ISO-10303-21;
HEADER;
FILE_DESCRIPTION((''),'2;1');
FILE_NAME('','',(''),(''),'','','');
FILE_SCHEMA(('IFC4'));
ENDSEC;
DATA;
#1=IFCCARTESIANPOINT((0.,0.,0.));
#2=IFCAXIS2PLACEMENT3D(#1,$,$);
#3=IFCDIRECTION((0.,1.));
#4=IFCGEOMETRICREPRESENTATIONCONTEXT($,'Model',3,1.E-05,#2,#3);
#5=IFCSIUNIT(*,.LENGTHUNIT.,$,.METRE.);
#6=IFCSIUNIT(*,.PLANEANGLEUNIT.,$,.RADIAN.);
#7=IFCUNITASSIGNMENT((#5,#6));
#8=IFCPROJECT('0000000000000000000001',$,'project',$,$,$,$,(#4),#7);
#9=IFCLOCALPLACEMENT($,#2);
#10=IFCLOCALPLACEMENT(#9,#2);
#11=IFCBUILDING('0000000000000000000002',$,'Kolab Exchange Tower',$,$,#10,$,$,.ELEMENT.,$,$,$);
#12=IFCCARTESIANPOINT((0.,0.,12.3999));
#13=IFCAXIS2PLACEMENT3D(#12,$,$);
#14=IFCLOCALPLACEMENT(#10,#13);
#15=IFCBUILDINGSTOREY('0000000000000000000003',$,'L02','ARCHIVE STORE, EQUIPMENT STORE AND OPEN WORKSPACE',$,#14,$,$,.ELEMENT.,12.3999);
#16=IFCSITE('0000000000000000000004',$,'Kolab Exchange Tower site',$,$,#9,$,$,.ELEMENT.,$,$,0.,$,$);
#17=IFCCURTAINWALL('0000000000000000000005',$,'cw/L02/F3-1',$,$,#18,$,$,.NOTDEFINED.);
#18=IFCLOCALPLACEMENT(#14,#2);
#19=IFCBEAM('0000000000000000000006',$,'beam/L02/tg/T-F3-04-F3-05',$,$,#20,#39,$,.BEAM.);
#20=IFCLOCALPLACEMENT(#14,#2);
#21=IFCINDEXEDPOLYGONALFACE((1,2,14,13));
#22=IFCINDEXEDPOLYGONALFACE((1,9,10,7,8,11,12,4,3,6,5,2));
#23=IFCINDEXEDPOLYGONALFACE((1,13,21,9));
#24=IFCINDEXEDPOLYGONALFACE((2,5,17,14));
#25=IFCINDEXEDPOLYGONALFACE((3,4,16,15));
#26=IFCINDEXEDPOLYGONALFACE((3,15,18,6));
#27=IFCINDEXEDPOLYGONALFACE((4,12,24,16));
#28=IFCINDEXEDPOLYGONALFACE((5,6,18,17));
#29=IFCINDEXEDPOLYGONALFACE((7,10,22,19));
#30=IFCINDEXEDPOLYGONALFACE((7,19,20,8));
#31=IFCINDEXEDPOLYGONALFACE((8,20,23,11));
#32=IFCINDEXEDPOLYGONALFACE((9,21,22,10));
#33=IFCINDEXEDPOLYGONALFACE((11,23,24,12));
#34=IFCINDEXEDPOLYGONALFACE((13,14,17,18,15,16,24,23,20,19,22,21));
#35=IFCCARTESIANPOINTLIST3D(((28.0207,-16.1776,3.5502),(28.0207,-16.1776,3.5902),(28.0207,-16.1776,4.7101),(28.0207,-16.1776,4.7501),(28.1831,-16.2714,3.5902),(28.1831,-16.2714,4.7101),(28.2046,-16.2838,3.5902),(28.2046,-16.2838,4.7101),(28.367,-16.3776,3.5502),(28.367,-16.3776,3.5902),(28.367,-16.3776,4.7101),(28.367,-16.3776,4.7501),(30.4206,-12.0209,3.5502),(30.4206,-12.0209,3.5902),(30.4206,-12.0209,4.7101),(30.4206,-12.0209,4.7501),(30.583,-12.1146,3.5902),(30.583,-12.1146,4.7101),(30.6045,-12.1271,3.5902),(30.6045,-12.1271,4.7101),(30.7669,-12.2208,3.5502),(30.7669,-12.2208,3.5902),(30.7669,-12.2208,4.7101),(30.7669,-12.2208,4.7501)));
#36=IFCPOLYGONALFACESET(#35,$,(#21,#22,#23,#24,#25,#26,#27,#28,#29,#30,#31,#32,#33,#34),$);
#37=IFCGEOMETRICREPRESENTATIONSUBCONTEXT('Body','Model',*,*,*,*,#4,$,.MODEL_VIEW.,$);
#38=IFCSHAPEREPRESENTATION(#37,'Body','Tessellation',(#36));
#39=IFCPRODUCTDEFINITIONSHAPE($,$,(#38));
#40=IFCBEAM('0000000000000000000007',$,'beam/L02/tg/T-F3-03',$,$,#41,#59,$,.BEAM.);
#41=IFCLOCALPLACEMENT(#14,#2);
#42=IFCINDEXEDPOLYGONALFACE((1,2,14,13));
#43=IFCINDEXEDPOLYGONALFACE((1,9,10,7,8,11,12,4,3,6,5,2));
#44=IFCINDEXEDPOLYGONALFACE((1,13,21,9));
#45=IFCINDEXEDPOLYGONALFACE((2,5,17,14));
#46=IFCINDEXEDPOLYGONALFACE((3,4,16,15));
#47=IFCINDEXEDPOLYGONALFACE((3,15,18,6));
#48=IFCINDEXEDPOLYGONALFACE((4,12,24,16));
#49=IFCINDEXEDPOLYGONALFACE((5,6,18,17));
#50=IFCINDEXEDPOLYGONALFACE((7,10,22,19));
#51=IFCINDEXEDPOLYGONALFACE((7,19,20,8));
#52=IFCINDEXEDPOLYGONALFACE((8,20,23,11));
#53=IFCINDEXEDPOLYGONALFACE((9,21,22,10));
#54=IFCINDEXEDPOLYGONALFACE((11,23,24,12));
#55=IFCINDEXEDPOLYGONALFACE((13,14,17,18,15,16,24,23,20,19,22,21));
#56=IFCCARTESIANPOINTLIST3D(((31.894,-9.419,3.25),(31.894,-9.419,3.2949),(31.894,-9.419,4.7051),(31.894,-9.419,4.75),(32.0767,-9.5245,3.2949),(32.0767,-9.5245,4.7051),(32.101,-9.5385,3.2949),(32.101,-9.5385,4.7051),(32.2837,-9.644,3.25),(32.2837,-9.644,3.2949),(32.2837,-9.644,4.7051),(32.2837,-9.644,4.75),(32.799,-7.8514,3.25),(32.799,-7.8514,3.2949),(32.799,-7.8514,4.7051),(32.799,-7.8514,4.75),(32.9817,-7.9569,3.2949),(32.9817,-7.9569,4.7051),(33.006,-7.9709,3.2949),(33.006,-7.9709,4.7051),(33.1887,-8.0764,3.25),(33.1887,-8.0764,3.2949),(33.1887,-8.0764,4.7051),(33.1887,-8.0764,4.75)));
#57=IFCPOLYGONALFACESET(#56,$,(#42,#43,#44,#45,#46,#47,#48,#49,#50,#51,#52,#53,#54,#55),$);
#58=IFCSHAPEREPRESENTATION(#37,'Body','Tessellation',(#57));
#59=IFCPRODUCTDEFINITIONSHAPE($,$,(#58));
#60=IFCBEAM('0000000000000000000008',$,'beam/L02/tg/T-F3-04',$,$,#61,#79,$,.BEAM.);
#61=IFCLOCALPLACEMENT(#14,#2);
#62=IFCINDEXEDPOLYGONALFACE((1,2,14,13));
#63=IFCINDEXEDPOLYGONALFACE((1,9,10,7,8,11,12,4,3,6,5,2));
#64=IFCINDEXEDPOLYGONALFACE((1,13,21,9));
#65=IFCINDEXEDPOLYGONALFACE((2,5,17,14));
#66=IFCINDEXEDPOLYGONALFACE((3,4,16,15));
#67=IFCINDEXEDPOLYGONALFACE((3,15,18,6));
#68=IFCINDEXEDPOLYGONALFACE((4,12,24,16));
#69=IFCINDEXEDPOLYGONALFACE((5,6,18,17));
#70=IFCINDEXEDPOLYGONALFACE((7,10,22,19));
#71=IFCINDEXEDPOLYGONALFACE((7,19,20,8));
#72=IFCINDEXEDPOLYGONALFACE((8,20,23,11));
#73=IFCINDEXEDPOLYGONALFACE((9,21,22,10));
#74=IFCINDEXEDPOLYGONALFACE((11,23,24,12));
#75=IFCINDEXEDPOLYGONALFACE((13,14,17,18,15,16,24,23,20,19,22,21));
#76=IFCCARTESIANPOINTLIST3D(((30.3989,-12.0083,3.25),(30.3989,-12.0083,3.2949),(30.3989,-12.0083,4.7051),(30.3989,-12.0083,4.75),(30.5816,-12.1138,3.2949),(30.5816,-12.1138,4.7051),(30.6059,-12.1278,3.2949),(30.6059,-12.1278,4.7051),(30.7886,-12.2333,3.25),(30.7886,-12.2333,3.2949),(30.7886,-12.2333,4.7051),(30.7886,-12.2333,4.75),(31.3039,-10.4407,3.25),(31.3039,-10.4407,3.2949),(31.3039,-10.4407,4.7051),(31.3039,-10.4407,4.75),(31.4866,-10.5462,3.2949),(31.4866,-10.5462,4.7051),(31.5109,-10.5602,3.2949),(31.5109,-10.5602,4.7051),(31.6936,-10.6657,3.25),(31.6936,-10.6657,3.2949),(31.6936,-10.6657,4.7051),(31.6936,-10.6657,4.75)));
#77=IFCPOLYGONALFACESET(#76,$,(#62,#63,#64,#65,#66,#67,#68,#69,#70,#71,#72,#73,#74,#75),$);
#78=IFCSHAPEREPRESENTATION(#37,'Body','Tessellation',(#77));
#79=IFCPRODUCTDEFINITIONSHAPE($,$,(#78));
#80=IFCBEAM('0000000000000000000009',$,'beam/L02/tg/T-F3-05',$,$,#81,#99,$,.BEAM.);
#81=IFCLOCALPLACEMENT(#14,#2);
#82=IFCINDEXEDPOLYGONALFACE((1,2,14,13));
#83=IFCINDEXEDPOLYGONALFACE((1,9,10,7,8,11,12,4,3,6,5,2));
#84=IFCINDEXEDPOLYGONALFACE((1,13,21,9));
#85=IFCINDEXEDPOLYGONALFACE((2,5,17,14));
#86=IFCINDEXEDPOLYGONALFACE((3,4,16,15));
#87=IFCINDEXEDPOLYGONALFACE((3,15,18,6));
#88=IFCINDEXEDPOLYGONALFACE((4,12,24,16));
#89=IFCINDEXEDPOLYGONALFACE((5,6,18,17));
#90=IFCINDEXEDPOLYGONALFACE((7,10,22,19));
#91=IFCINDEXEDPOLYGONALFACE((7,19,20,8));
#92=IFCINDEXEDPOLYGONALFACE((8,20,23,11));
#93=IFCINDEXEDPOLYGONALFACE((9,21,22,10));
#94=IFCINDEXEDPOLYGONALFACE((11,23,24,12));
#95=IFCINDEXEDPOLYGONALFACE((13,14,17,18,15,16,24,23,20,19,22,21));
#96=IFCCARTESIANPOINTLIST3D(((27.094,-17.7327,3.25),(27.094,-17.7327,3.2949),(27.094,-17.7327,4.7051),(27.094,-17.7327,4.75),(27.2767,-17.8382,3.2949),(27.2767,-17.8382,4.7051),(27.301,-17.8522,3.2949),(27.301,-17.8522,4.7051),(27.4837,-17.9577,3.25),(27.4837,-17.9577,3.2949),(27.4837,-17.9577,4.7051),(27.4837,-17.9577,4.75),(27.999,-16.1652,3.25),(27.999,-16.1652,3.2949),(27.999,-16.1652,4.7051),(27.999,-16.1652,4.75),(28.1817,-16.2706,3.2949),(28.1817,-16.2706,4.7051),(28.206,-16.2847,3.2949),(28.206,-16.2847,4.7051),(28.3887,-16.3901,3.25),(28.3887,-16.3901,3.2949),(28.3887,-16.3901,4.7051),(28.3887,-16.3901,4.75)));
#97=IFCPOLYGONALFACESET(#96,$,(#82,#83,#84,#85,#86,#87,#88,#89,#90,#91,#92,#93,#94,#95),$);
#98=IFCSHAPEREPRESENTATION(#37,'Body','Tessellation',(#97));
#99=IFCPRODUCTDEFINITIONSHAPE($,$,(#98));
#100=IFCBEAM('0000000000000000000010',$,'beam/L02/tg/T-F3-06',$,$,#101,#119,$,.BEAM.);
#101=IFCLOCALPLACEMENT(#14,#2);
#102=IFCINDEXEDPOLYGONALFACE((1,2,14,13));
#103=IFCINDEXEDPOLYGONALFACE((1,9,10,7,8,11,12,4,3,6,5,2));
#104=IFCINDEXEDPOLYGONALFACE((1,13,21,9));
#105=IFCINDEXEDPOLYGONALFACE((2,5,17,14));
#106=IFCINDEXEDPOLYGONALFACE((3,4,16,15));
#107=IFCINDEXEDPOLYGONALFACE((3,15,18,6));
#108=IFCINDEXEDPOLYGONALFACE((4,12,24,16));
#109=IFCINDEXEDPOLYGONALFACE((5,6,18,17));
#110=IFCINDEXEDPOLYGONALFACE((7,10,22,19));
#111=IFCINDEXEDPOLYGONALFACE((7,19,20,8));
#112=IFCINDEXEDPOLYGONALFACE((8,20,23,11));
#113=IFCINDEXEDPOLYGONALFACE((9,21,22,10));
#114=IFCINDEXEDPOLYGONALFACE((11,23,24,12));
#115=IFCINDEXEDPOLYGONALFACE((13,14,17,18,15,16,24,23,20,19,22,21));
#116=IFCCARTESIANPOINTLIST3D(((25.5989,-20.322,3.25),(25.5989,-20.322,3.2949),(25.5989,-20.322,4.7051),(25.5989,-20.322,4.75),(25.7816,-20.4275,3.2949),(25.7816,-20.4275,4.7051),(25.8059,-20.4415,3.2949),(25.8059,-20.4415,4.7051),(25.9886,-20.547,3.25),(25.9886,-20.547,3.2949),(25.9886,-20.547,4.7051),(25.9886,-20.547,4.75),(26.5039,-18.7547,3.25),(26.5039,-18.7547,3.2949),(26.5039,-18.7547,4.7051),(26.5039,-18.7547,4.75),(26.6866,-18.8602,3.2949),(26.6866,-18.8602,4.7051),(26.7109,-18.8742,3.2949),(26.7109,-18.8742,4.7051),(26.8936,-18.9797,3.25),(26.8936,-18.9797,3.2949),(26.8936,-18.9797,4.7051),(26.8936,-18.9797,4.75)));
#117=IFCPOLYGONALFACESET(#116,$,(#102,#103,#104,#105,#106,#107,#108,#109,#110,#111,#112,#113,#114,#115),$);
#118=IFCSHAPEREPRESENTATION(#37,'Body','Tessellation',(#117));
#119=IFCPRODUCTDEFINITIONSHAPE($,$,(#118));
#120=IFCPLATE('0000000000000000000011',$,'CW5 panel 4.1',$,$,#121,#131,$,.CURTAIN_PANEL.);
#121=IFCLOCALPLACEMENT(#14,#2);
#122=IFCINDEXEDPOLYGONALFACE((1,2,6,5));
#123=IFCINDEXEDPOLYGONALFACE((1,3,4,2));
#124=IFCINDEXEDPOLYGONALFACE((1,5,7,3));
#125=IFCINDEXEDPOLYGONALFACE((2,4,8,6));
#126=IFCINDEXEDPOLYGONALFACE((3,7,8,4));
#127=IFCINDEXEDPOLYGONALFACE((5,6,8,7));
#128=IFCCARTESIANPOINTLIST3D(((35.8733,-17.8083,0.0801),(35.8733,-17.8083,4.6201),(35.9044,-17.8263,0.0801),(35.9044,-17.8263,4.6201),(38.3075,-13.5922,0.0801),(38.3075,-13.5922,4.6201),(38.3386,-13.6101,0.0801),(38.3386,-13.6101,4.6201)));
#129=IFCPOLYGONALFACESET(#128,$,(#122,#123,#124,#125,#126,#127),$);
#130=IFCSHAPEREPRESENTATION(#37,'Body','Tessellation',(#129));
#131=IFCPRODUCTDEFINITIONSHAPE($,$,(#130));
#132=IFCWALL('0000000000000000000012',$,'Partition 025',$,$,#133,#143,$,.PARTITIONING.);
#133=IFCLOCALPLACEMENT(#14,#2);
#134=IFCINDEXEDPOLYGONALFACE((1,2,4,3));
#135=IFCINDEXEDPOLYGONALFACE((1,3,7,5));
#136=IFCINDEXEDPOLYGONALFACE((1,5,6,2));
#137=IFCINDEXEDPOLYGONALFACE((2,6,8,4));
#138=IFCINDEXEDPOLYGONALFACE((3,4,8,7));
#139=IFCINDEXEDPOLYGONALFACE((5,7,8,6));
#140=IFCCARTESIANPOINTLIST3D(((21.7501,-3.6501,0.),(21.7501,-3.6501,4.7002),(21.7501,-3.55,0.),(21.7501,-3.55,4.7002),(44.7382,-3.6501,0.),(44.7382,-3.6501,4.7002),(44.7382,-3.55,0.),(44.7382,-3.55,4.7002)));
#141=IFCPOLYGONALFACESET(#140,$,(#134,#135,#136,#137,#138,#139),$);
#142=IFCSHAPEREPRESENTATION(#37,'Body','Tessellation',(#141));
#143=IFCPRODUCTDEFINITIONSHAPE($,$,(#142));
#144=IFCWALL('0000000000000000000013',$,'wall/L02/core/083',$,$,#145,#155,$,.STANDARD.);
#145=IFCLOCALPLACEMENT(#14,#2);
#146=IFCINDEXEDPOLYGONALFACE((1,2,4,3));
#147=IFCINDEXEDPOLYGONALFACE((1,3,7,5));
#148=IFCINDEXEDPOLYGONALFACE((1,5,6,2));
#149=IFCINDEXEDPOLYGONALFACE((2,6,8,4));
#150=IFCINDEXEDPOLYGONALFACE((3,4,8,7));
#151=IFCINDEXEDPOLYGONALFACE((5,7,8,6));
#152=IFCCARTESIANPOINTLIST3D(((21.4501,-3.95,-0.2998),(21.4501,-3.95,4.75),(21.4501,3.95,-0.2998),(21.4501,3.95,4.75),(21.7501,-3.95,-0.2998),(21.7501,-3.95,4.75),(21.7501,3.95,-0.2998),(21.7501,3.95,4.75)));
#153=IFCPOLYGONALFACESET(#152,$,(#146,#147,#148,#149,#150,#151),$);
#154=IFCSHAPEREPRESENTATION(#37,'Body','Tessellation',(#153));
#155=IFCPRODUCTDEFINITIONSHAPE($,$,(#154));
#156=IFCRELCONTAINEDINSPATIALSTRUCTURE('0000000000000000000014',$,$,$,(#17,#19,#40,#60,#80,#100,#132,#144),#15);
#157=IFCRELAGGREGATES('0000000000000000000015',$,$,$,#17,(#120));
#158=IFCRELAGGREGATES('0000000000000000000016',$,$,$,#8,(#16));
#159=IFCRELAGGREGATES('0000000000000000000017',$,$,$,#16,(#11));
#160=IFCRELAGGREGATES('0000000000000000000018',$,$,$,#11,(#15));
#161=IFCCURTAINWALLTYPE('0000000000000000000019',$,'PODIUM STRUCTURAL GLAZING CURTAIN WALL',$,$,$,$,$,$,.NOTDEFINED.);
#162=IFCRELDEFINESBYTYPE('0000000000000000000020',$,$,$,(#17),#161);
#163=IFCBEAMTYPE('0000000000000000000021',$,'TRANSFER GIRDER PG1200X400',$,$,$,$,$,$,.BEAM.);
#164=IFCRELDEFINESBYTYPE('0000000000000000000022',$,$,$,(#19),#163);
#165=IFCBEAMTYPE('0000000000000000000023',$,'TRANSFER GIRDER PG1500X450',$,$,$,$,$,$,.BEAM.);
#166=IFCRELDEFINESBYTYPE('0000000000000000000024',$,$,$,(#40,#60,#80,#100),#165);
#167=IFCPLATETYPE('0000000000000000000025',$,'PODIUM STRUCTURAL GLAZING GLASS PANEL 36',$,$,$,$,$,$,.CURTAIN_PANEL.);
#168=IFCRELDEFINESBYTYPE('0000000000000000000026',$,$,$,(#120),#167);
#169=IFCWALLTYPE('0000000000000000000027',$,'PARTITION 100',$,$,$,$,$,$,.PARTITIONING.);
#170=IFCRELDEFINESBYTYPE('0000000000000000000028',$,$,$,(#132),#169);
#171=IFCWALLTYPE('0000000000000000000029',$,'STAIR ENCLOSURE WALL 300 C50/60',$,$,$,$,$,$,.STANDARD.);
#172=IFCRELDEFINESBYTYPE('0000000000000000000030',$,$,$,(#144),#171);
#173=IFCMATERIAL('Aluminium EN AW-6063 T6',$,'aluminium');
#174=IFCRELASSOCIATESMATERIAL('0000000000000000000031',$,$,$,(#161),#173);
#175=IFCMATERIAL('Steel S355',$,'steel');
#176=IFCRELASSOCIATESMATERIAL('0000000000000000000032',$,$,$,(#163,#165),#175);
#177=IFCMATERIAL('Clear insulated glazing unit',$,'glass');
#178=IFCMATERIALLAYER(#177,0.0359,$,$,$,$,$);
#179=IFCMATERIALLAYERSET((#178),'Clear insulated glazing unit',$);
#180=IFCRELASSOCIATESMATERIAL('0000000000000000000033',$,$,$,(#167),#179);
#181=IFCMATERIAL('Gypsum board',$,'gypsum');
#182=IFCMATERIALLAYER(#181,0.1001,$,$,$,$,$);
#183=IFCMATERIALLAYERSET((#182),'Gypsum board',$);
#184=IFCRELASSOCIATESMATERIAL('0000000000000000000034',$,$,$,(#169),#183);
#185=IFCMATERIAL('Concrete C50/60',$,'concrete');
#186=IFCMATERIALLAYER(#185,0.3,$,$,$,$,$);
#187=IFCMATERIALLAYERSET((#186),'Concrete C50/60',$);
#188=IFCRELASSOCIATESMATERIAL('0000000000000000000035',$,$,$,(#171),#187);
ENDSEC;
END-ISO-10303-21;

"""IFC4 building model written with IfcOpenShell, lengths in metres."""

from ifc_helpers import new_model, si_unit, direction, frame, frame_2d, origin, origin_2d, place, context, subcontext, project, spatial, rectangle, i_section, extrude, material, layer, layer_set, material_profile, profile_set, type_object, element, aggregate, save


model = new_model("IFC4")

# Units and contexts
model_context = context("Model", 3, precision=1e-05, world=origin(), true_north=direction((0.0, 1.0)))
body_context = subcontext(model_context, "Body", "Model", "MODEL_VIEW")
ifc_project = project(units=[si_unit("LENGTHUNIT", "METRE"), si_unit("PLANEANGLEUNIT", "RADIAN")], contexts=[model_context])

# Site, building, storey
site_placement = place(None, origin())
site = spatial("IfcSite", under=ifc_project, at=site_placement, Name="Kolab Exchange Tower site", CompositionType="ELEMENT", RefElevation=0.0)
building_placement = place(site_placement, origin())
building = spatial("IfcBuilding", under=site, at=building_placement, Name="Kolab Exchange Tower", CompositionType="ELEMENT")
storey_placement = place(building_placement, frame((0.0, 0.0, 12.3999)))
storey = spatial("IfcBuildingStorey", under=building, at=storey_placement, Name="L02", Description="ARCHIVE STORE, EQUIPMENT STORE AND OPEN WORKSPACE", CompositionType="ELEMENT", Elevation=12.3999)

# Shared definitions
ifc_material_1 = material(Name="Steel S355", Category="steel")

# Curtain wall
ifc_material_2 = material(Name="Aluminium EN AW-6063 T6", Category="aluminium")
curtain_wall_type = type_object("IfcCurtainWallType", Name="PODIUM STRUCTURAL GLAZING CURTAIN WALL", PredefinedType="NOTDEFINED", material=ifc_material_2)
curtain_wall_placement = place(storey_placement, origin())
curtain_wall = element("IfcCurtainWall", 1, at=curtain_wall_placement, inside=storey, type_object=curtain_wall_type, Name="cw/L02/F3-1", PredefinedType="NOTDEFINED")

# Beams
ifc_material_profile_1 = material_profile(ifc_material_1, i_section(OverallWidth=0.3999, OverallDepth=1.2, WebThickness=0.0249, FlangeThickness=0.04, at=origin_2d()), Name="PG1200X400")
ifc_profile_set_1 = profile_set([ifc_material_profile_1], Name="Steel S355")
beam_type_1 = type_object("IfcBeamType", Name="TRANSFER GIRDER PG1200X400", PredefinedType="BEAM", material=ifc_profile_set_1)
beam_1_placement = place(storey_placement, frame((30.5938, -12.1208, 4.1501), z_axis=(-0.500001, -0.866025, 0.0), x_axis=(0.866025, -0.500001, 0.0)))
element("IfcBeam", 2, at=beam_1_placement, inside=storey, type_object=beam_type_1, Name="beam/L02/tg/T-F3-04-F3-05", PredefinedType="BEAM", context=body_context, shape_type="SweptSolid", body=[
    extrude(i_section(OverallWidth=0.3999, OverallDepth=1.2, WebThickness=0.0249, FlangeThickness=0.04, at=origin_2d()), origin(), (0.0, 0.0, 1.0), 4.7998),
])
ifc_material_profile_2 = material_profile(ifc_material_1, i_section(OverallWidth=0.45, OverallDepth=1.5, WebThickness=0.0281, FlangeThickness=0.0449, at=origin_2d()), Name="PG1500X450")
ifc_profile_set_2 = profile_set([ifc_material_profile_2], Name="Steel S355")
beam_type_2 = type_object("IfcBeamType", Name="TRANSFER GIRDER PG1500X450", PredefinedType="BEAM", material=ifc_profile_set_2)
for number, where, z_axis, x_axis, name in (
    (3, (32.0889, -9.5315, 4.0), (0.499983, 0.866035, 0.0), (-0.866035, 0.499983, 0.0), "beam/L02/tg/T-F3-03"),
    (4, (31.4988, -10.5532, 4.0), (-0.499983, -0.866035, 0.0), (0.866035, -0.499983, 0.0), "beam/L02/tg/T-F3-04"),
    (5, (27.2888, -17.8452, 4.0), (0.499983, 0.866035, 0.0), (-0.866035, 0.499983, 0.0), "beam/L02/tg/T-F3-05"),
):
    element("IfcBeam", number, at=place(storey_placement, frame(where, z_axis=z_axis, x_axis=x_axis)), inside=storey, type_object=beam_type_2, Name=name, PredefinedType="BEAM", context=body_context, shape_type="SweptSolid", body=[
        extrude(i_section(OverallWidth=0.45, OverallDepth=1.5, WebThickness=0.0281, FlangeThickness=0.0449, at=origin_2d()), origin(), (0.0, 0.0, 1.0), 1.8101),
    ])
beam_2_placement = place(storey_placement, frame((26.6987, -18.8672, 4.0), z_axis=(-0.500042, -0.866001, 0.0), x_axis=(0.866001, -0.500042, 0.0)))
element("IfcBeam", 6, at=beam_2_placement, inside=storey, type_object=beam_type_2, Name="beam/L02/tg/T-F3-06", PredefinedType="BEAM", context=body_context, shape_type="SweptSolid", body=[
    extrude(i_section(OverallWidth=0.45, OverallDepth=1.5, WebThickness=0.0281, FlangeThickness=0.0449, at=origin_2d()), origin(), (0.0, 0.0, 1.0), 1.8098),
])

# Plate
ifc_material_3 = material(Name="Clear insulated glazing unit", Category="glass")
ifc_layer_1 = layer(ifc_material_3, 0.0359)
ifc_layer_set_1 = layer_set([ifc_layer_1], Name="Clear insulated glazing unit")
plate_type = type_object("IfcPlateType", Name="PODIUM STRUCTURAL GLAZING GLASS PANEL 36", PredefinedType="CURTAIN_PANEL", material=ifc_layer_set_1)
plate_placement = place(storey_placement, frame((37.106, -15.7092, 0.0801), z_axis=(0.0, 0.0, 1.0), x_axis=(-0.5, -0.866025, 0.0)))
plate = element("IfcPlate", 7, at=plate_placement, type_object=plate_type, Name="CW5 panel 4.1", PredefinedType="CURTAIN_PANEL", context=body_context, shape_type="SweptSolid", body=[
    extrude(rectangle(XDim=4.8684, YDim=0.0359, at=origin_2d()), origin(), (0.0, 0.0, 1.0), 4.54),
])
aggregate(curtain_wall, [plate])

# Walls
ifc_material_4 = material(Name="Gypsum board", Category="gypsum")
ifc_layer_2 = layer(ifc_material_4, 0.1001)
ifc_layer_set_2 = layer_set([ifc_layer_2], Name="Gypsum board")
wall_type_1 = type_object("IfcWallType", Name="PARTITION 100", PredefinedType="PARTITIONING", material=ifc_layer_set_2)
wall_1_placement = place(storey_placement, frame((21.75, -3.6001, 0.0), z_axis=(0.0, 0.0, 1.0), x_axis=(1.0, 0.0, 0.0)))
element("IfcWall", 8, at=wall_1_placement, inside=storey, type_object=wall_type_1, Name="Partition 025", PredefinedType="PARTITIONING", context=body_context, shape_type="SweptSolid", body=[
    extrude(rectangle(XDim=22.988, YDim=0.1001, at=frame_2d((11.4941, 0.0))), origin(), (0.0, 0.0, 1.0), 4.7002),
])
ifc_material_5 = material(Name="Concrete C50/60", Category="concrete")
ifc_layer_3 = layer(ifc_material_5, 0.3)
ifc_layer_set_3 = layer_set([ifc_layer_3], Name="Concrete C50/60")
wall_type_2 = type_object("IfcWallType", Name="STAIR ENCLOSURE WALL 300 C50/60", PredefinedType="STANDARD", material=ifc_layer_set_3)
wall_2_placement = place(storey_placement, frame((21.6001, -3.95, -0.2998), z_axis=(0.0, 0.0, 1.0), x_axis=(0.0, 1.0, 0.0)))
element("IfcWall", 9, at=wall_2_placement, inside=storey, type_object=wall_type_2, Name="wall/L02/core/083", PredefinedType="STANDARD", context=body_context, shape_type="SweptSolid", body=[
    extrude(rectangle(XDim=7.8999, YDim=0.3, at=frame_2d((3.95, 0.0))), origin(), (0.0, 0.0, 1.0), 5.0498),
])

save(model, "model.ifc")
